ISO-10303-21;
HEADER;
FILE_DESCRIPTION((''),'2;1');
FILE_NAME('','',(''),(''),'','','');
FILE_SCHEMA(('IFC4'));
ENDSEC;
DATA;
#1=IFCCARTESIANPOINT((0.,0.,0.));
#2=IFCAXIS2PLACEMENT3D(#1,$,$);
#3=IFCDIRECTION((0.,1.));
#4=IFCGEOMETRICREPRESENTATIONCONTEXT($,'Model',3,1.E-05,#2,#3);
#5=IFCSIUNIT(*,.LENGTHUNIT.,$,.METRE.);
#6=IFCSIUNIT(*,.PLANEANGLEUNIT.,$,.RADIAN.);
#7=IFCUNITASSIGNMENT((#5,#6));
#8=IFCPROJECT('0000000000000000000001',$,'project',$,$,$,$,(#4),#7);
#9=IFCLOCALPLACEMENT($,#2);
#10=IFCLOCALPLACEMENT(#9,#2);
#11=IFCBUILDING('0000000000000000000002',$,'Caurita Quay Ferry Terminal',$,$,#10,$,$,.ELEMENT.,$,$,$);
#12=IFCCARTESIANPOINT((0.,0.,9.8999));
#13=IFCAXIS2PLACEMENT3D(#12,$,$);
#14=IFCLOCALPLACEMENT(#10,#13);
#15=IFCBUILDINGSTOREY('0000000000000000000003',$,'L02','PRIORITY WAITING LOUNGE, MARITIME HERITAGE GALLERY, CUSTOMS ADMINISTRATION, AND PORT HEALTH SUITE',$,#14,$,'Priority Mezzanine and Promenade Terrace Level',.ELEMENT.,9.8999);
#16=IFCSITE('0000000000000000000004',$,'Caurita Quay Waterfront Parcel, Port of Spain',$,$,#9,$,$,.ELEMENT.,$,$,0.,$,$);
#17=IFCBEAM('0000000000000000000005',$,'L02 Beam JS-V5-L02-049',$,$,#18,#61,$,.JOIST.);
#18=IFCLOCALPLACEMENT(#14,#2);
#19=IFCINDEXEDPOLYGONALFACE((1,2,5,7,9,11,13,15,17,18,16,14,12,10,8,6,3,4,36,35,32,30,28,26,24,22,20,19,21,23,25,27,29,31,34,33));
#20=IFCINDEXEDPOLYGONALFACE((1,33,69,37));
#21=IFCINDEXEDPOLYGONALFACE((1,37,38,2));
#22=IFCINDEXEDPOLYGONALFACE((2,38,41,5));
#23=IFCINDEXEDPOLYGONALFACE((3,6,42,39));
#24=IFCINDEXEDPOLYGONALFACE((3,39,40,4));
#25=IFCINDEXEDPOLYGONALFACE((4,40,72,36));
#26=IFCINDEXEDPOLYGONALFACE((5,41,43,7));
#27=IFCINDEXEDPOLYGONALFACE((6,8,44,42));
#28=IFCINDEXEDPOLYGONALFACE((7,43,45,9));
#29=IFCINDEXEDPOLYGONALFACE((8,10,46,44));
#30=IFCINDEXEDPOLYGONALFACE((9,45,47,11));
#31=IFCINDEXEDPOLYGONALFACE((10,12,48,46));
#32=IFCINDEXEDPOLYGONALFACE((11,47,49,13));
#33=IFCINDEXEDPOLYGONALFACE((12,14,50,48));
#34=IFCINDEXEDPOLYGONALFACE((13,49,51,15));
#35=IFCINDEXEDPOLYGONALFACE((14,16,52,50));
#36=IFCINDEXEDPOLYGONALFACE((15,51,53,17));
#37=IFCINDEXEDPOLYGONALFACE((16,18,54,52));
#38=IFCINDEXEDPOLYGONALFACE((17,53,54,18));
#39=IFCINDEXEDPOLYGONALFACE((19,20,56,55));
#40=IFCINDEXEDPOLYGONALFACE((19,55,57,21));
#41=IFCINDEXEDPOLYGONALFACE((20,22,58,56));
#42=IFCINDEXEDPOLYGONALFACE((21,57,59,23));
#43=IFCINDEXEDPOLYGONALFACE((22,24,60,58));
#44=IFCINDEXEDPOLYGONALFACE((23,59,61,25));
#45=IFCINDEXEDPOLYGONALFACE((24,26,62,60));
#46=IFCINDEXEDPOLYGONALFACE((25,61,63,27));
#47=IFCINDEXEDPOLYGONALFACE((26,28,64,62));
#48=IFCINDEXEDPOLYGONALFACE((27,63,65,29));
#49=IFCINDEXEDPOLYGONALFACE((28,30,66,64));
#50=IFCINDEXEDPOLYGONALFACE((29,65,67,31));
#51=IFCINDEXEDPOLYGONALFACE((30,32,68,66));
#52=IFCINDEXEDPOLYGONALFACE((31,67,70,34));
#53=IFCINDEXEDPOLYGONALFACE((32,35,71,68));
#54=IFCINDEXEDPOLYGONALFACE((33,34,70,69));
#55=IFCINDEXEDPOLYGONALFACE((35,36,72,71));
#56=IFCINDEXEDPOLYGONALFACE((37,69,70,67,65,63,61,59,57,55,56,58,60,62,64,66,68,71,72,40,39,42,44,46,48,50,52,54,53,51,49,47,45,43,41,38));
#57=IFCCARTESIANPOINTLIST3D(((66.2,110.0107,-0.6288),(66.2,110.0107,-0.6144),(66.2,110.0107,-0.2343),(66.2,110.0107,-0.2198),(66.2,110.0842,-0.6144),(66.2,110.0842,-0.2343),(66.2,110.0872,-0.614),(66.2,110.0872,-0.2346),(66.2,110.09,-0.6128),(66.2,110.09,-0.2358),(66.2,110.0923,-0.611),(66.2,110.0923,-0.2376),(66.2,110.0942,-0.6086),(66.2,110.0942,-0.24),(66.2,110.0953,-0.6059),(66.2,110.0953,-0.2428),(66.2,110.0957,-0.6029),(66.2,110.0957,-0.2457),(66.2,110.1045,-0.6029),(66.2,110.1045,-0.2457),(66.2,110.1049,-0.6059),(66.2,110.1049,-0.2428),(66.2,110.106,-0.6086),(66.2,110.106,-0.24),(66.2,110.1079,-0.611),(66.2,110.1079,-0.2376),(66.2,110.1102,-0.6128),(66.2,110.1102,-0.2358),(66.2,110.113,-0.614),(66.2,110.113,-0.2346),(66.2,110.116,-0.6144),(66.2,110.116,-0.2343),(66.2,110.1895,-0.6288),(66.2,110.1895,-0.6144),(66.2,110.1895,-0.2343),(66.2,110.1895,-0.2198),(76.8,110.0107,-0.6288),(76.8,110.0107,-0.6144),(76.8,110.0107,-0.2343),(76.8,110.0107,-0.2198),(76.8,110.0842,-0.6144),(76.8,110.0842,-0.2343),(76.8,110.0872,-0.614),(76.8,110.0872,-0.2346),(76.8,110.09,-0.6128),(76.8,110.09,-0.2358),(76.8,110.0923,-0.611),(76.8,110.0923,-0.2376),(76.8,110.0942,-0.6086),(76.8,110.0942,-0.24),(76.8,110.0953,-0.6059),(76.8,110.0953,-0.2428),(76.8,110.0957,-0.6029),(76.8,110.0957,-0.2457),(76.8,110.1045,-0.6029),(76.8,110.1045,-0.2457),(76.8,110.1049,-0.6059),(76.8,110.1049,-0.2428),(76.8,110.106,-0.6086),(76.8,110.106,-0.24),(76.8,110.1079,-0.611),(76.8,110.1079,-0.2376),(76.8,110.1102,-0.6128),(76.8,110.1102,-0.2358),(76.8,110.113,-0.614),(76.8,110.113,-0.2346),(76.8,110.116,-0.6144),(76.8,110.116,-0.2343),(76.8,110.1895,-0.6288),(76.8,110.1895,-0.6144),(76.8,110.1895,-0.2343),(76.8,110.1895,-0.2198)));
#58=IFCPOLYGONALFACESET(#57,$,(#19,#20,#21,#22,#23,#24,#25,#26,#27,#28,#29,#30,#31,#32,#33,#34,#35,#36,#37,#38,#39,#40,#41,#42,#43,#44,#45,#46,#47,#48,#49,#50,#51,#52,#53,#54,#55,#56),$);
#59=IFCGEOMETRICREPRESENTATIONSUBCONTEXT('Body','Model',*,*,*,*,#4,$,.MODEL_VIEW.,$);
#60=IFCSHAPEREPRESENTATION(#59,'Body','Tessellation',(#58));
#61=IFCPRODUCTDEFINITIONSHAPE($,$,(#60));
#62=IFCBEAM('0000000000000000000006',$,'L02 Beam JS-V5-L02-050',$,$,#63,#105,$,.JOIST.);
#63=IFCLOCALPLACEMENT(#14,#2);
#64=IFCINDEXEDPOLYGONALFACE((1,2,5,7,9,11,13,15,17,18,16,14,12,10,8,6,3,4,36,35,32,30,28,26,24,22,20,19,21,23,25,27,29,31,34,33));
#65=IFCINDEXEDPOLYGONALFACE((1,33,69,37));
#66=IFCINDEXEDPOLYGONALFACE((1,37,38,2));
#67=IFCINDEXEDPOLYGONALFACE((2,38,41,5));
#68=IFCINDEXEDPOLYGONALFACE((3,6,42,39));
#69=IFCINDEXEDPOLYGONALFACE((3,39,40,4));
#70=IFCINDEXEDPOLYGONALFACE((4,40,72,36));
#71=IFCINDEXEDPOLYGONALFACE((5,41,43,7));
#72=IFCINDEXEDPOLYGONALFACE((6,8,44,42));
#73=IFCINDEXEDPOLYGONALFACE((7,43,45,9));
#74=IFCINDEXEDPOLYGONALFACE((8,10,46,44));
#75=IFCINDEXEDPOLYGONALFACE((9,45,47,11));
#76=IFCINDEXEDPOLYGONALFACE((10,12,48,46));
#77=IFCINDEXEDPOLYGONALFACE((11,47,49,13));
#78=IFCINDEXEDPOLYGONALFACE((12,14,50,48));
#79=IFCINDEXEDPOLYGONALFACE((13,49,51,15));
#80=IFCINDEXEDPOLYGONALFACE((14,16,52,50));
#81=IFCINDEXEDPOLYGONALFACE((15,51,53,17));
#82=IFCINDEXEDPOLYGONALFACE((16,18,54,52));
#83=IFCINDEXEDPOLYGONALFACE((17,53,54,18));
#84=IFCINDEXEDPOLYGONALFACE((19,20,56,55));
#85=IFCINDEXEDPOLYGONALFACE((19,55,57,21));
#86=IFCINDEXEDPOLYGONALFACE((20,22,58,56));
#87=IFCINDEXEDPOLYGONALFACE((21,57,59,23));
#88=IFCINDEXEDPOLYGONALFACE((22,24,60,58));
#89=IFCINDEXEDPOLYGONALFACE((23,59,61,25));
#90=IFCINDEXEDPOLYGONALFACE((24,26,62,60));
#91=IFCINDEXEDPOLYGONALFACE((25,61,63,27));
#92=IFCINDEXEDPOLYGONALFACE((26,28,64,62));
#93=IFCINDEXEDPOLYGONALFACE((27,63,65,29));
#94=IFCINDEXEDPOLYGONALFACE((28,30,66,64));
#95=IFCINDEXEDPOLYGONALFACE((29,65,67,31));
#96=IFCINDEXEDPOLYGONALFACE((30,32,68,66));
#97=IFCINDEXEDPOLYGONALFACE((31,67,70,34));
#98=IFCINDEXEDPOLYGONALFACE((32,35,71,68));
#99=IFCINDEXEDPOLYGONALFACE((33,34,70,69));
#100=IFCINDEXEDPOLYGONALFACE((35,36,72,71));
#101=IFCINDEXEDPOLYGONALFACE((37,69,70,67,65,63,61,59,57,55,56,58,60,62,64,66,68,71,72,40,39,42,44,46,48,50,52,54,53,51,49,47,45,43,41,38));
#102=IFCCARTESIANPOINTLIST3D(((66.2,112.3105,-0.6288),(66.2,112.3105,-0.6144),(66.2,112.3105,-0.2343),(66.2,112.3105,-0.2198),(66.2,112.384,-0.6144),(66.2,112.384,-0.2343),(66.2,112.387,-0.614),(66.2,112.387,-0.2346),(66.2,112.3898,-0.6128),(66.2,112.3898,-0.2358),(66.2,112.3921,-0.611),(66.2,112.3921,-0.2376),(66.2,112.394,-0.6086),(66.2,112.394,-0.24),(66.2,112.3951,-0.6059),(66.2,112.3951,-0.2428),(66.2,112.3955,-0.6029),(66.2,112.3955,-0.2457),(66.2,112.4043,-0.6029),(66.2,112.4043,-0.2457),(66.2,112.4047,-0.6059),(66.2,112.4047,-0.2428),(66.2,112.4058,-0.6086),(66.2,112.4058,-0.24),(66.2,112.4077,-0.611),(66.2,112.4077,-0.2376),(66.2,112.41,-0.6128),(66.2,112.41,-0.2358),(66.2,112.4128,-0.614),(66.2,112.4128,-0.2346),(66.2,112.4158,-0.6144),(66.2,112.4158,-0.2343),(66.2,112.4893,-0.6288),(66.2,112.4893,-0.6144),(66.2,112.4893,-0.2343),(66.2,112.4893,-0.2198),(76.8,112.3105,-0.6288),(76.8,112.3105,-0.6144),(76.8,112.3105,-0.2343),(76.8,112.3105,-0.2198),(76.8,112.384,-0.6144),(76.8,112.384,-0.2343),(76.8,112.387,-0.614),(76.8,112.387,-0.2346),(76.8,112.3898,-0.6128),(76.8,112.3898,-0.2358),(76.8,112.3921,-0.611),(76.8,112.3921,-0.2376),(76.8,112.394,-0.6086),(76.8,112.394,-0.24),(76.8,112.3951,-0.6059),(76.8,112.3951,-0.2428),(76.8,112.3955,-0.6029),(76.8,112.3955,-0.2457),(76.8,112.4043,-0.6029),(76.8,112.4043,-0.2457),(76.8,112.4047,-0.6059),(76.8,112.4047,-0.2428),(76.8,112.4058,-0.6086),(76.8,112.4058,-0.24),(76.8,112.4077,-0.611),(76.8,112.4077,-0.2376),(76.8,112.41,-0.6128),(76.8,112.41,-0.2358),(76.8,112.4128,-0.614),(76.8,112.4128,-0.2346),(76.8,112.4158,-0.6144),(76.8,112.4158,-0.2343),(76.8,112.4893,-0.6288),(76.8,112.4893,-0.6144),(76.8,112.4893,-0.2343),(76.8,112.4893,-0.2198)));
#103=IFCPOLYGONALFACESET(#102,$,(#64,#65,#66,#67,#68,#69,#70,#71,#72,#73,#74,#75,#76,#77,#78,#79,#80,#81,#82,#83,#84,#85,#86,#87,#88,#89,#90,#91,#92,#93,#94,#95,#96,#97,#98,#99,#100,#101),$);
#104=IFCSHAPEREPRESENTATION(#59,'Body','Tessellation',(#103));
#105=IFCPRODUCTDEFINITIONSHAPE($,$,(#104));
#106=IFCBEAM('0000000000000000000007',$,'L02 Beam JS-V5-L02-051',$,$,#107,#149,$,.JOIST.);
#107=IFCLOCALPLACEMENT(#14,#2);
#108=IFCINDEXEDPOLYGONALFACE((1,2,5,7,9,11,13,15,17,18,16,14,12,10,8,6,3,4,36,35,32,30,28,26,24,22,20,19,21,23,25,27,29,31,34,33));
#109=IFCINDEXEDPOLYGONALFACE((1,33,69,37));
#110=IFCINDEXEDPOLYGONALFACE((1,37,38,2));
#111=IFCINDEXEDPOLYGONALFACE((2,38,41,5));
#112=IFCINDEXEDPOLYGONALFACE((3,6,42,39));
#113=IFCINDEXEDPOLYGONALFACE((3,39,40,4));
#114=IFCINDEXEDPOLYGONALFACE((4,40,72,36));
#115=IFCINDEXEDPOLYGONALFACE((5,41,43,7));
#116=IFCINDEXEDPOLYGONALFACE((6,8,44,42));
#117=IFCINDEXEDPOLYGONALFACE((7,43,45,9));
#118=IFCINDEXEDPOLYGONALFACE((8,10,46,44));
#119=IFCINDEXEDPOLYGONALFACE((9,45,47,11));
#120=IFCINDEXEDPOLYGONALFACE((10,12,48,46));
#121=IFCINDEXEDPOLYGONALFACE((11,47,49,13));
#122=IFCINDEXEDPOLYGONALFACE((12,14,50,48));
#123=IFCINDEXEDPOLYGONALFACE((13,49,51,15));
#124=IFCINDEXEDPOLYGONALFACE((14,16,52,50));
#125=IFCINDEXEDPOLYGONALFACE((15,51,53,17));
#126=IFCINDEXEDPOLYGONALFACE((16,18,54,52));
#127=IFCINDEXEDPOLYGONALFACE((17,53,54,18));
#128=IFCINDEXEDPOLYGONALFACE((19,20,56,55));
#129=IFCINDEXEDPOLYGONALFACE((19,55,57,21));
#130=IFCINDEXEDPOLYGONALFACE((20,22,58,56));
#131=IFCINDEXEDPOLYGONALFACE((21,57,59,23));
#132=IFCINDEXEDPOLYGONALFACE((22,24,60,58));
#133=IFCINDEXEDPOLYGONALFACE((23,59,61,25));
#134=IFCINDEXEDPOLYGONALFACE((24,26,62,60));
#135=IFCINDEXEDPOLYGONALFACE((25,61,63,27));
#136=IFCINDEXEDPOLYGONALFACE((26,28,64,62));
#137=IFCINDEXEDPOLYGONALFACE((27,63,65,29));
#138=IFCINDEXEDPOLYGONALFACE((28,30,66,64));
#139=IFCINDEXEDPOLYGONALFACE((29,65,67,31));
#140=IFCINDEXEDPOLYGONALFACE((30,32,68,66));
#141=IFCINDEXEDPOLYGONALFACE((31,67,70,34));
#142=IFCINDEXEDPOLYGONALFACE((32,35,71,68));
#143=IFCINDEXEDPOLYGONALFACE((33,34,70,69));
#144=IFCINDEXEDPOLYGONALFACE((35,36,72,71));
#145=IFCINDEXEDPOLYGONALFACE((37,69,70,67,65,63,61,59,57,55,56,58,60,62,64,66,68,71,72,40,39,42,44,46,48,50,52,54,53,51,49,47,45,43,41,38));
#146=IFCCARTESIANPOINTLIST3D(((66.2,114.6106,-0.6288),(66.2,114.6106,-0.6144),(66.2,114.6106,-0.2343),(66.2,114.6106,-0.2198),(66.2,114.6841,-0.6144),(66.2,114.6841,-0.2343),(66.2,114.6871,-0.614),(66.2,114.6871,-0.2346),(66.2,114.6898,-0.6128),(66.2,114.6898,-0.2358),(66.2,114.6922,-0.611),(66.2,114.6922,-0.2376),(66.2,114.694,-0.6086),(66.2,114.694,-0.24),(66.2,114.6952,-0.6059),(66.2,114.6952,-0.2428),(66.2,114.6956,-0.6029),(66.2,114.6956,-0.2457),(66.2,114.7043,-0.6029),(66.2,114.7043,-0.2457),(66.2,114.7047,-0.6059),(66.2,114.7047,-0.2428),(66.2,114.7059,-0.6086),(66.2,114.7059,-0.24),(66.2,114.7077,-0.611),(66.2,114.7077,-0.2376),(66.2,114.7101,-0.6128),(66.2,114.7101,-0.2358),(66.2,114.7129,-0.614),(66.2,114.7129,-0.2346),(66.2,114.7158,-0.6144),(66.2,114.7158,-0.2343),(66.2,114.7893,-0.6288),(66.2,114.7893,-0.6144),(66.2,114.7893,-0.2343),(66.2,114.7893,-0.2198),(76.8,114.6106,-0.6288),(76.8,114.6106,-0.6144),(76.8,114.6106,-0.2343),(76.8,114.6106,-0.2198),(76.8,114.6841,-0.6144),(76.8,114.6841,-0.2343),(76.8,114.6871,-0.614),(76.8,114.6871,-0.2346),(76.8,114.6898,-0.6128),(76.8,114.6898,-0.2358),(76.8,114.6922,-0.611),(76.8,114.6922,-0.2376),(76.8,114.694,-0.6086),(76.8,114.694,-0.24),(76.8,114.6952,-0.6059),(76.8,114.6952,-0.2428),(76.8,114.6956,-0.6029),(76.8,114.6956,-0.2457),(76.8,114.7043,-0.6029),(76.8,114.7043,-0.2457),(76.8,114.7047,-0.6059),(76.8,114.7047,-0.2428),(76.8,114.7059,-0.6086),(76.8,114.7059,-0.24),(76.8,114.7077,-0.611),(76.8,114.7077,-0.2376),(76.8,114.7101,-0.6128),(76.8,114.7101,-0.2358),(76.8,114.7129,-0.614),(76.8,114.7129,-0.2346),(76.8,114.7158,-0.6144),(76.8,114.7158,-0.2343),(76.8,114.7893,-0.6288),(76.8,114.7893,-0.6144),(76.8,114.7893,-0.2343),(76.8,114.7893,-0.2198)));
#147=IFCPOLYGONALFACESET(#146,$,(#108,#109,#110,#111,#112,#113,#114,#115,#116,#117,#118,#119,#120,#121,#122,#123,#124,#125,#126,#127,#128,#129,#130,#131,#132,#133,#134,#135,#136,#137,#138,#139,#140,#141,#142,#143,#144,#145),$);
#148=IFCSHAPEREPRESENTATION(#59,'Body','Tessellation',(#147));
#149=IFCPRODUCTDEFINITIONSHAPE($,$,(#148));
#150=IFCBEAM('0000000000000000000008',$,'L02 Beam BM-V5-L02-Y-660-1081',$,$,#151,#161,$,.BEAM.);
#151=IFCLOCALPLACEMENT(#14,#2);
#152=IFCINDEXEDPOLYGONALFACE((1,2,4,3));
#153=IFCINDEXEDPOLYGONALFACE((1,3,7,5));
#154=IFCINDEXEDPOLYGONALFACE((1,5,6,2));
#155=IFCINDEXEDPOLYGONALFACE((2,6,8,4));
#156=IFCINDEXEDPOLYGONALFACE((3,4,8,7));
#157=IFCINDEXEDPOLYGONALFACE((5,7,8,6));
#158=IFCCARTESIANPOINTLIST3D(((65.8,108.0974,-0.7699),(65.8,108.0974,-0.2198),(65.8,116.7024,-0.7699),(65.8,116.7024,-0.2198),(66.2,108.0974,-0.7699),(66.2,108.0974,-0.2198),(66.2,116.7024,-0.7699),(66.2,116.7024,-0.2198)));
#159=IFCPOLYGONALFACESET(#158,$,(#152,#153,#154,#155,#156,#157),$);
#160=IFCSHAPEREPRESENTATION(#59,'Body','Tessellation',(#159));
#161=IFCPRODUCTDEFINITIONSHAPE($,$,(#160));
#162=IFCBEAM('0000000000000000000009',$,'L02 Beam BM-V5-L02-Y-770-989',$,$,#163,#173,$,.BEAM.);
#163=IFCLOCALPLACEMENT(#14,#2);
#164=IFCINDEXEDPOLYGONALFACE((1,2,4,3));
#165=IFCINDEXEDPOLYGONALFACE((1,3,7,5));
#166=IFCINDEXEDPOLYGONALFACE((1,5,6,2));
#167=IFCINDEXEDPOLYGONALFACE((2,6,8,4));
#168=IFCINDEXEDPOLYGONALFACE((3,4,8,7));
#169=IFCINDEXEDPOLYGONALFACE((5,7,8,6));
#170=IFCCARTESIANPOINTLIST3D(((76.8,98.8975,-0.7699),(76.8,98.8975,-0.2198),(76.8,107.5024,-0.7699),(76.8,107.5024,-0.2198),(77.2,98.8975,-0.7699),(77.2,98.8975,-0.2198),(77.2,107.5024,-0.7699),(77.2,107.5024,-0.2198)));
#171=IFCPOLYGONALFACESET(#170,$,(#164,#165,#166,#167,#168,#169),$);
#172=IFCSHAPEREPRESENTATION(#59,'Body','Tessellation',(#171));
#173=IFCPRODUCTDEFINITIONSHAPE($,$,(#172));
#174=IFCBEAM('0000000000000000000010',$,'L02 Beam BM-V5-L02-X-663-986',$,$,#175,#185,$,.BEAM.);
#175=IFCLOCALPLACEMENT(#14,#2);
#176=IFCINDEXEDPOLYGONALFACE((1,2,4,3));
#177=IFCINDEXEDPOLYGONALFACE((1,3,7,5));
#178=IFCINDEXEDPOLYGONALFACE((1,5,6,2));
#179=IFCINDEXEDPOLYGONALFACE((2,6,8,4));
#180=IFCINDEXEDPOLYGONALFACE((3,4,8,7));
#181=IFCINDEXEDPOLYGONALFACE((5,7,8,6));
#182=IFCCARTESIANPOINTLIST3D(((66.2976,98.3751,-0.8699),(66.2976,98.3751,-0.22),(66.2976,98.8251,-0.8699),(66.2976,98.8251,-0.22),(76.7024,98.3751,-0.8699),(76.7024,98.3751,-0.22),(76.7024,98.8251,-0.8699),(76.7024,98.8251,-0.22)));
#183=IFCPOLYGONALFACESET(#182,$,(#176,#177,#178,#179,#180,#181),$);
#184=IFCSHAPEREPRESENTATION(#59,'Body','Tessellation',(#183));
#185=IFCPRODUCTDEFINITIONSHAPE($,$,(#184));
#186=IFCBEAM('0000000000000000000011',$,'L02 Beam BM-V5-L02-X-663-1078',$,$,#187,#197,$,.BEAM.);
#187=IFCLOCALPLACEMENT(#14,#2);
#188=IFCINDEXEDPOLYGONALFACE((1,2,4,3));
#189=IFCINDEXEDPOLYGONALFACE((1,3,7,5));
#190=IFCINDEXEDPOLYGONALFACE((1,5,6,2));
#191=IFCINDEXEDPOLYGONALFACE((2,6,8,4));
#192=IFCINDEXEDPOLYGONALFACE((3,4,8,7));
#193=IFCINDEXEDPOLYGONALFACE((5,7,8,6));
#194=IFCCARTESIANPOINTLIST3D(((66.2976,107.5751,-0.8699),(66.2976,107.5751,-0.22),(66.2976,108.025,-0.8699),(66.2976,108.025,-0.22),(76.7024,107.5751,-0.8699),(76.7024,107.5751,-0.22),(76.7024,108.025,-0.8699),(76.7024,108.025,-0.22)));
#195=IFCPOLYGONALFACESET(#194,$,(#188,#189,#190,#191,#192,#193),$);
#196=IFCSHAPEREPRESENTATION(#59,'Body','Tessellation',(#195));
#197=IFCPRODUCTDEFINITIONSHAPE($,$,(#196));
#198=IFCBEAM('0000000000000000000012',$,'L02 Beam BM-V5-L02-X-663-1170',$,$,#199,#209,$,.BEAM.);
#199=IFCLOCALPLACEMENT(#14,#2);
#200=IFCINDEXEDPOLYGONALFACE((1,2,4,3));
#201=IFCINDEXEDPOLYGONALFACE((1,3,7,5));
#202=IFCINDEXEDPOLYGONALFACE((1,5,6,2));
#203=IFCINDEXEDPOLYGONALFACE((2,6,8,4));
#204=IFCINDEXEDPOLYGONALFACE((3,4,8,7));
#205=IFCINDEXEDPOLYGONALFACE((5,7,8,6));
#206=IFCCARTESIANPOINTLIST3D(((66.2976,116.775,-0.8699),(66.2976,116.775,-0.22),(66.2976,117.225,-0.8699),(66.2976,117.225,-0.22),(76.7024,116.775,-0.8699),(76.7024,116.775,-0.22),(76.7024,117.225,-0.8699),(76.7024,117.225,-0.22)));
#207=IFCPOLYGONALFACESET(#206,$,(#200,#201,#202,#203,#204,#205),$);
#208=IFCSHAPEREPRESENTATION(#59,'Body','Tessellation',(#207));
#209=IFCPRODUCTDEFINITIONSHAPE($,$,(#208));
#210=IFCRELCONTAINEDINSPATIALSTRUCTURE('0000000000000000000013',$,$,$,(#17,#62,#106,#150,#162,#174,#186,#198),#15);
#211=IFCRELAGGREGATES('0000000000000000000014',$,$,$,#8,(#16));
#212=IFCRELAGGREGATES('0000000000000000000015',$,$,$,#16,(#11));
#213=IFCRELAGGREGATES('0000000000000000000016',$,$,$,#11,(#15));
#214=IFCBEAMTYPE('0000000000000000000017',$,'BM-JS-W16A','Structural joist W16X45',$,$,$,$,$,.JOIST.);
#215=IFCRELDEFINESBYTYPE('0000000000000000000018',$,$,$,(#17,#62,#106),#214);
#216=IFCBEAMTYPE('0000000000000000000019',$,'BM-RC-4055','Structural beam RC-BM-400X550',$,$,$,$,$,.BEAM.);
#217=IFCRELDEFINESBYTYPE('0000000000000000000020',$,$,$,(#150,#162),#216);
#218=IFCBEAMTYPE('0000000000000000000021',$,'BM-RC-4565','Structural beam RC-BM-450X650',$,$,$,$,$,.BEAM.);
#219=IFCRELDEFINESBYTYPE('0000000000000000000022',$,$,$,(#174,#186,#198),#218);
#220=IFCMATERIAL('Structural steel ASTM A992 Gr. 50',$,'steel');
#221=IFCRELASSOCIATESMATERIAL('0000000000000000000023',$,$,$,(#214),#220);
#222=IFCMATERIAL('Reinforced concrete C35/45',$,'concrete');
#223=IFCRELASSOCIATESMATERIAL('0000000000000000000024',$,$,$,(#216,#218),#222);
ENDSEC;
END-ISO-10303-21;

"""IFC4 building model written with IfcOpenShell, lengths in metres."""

from ifc_helpers import new_model, si_unit, direction, frame, origin, origin_2d, place, context, subcontext, project, spatial, rectangle, i_section, extrude, material, material_profile, profile_set, type_object, element, save


model = new_model("IFC4")

# Units and contexts
model_context = context("Model", 3, precision=1e-05, world=origin(), true_north=direction((0.0, 1.0)))
body_context = subcontext(model_context, "Body", "Model", "MODEL_VIEW")
ifc_project = project(units=[si_unit("LENGTHUNIT", "METRE"), si_unit("PLANEANGLEUNIT", "RADIAN")], contexts=[model_context])

# Site, building, storey
site_placement = place(None, origin())
site = spatial("IfcSite", under=ifc_project, at=site_placement, Name="Caurita Quay Waterfront Parcel, Port of Spain", CompositionType="ELEMENT", RefElevation=0.0)
building_placement = place(site_placement, origin())
building = spatial("IfcBuilding", under=site, at=building_placement, Name="Caurita Quay Ferry Terminal", CompositionType="ELEMENT")
storey_placement = place(building_placement, frame((0.0, 0.0, 9.8999)))
storey = spatial("IfcBuildingStorey", under=building, at=storey_placement, Name="L02", Description="PRIORITY WAITING LOUNGE, MARITIME HERITAGE GALLERY, CUSTOMS ADMINISTRATION, AND PORT HEALTH SUITE", LongName="Priority Mezzanine and Promenade Terrace Level", CompositionType="ELEMENT", Elevation=9.8999)

# Shared definitions
ifc_material_1 = material(Name="Reinforced concrete C35/45", Category="concrete")

# Beams
ifc_material_2 = material(Name="Structural steel ASTM A992 Gr. 50", Category="steel")
ifc_material_profile_1 = material_profile(ifc_material_2, i_section(OverallWidth=0.1787, OverallDepth=0.4089, WebThickness=0.0088, FlangeThickness=0.0144, FilletRadius=0.0115, at=origin_2d()), Name="W16X45")
ifc_profile_set_1 = profile_set([ifc_material_profile_1], Name="Structural steel ASTM A992 Gr. 50")
beam_type_1 = type_object("IfcBeamType", Name="BM-JS-W16A", Description="Structural joist W16X45", PredefinedType="JOIST", material=ifc_profile_set_1)
for number, where, z_axis, x_axis, name in (
    (1, (66.2, 110.1001, -0.4243), (1.0, 0.0, 0.0), (0.0, 1.0, 0.0), "L02 Beam JS-V5-L02-049"),
    (2, (66.2, 112.3999, -0.4243), (1.0, 0.0, 0.0), (0.0, 1.0, 0.0), "L02 Beam JS-V5-L02-050"),
    (3, (66.2, 114.7, -0.4243), (1.0, 0.0, 0.0), (0.0, 1.0, 0.0), "L02 Beam JS-V5-L02-051"),
):
    element("IfcBeam", number, at=place(storey_placement, frame(where, z_axis=z_axis, x_axis=x_axis)), inside=storey, type_object=beam_type_1, Name=name, PredefinedType="JOIST", context=body_context, shape_type="SweptSolid", body=[
        extrude(i_section(OverallWidth=0.1787, OverallDepth=0.4089, WebThickness=0.0088, FlangeThickness=0.0144, FilletRadius=0.0115, at=origin_2d()), origin(), (0.0, 0.0, 1.0), 10.6001),
    ])
ifc_material_profile_2 = material_profile(ifc_material_1, rectangle(XDim=0.3999, YDim=0.55, at=origin_2d()), Name="RC-BM-400X550")
ifc_profile_set_2 = profile_set([ifc_material_profile_2], Name="Reinforced concrete C35/45")
beam_type_2 = type_object("IfcBeamType", Name="BM-RC-4055", Description="Structural beam RC-BM-400X550", PredefinedType="BEAM", material=ifc_profile_set_2)
for number, where, z_axis, x_axis, name in (
    (4, (66.0, 108.0974, -0.4949), (0.0, 1.0, 0.0), (-1.0, 0.0, 0.0), "L02 Beam BM-V5-L02-Y-660-1081"),
    (5, (77.0, 98.8975, -0.4949), (0.0, 1.0, 0.0), (-1.0, 0.0, 0.0), "L02 Beam BM-V5-L02-Y-770-989"),
):
    element("IfcBeam", number, at=place(storey_placement, frame(where, z_axis=z_axis, x_axis=x_axis)), inside=storey, type_object=beam_type_2, Name=name, PredefinedType="BEAM", context=body_context, shape_type="SweptSolid", body=[
        extrude(rectangle(XDim=0.3999, YDim=0.55, at=origin_2d()), origin(), (0.0, 0.0, 1.0), 8.605),
    ])
ifc_material_profile_3 = material_profile(ifc_material_1, rectangle(XDim=0.45, YDim=0.6499, at=origin_2d()), Name="RC-BM-450X650")
ifc_profile_set_3 = profile_set([ifc_material_profile_3], Name="Reinforced concrete C35/45")
beam_type_3 = type_object("IfcBeamType", Name="BM-RC-4565", Description="Structural beam RC-BM-450X650", PredefinedType="BEAM", material=ifc_profile_set_3)
for number, where, z_axis, x_axis, name in (
    (6, (66.2976, 98.6001, -0.5449), (1.0, 0.0, 0.0), (0.0, 1.0, 0.0), "L02 Beam BM-V5-L02-X-663-986"),
    (7, (66.2976, 107.8, -0.5449), (1.0, 0.0, 0.0), (0.0, 1.0, 0.0), "L02 Beam BM-V5-L02-X-663-1078"),
    (8, (66.2976, 117.0, -0.5449), (1.0, 0.0, 0.0), (0.0, 1.0, 0.0), "L02 Beam BM-V5-L02-X-663-1170"),
):
    element("IfcBeam", number, at=place(storey_placement, frame(where, z_axis=z_axis, x_axis=x_axis)), inside=storey, type_object=beam_type_3, Name=name, PredefinedType="BEAM", context=body_context, shape_type="SweptSolid", body=[
        extrude(rectangle(XDim=0.45, YDim=0.6499, at=origin_2d()), origin(), (0.0, 0.0, 1.0), 10.4048),
    ])

save(model, "model.ifc")
